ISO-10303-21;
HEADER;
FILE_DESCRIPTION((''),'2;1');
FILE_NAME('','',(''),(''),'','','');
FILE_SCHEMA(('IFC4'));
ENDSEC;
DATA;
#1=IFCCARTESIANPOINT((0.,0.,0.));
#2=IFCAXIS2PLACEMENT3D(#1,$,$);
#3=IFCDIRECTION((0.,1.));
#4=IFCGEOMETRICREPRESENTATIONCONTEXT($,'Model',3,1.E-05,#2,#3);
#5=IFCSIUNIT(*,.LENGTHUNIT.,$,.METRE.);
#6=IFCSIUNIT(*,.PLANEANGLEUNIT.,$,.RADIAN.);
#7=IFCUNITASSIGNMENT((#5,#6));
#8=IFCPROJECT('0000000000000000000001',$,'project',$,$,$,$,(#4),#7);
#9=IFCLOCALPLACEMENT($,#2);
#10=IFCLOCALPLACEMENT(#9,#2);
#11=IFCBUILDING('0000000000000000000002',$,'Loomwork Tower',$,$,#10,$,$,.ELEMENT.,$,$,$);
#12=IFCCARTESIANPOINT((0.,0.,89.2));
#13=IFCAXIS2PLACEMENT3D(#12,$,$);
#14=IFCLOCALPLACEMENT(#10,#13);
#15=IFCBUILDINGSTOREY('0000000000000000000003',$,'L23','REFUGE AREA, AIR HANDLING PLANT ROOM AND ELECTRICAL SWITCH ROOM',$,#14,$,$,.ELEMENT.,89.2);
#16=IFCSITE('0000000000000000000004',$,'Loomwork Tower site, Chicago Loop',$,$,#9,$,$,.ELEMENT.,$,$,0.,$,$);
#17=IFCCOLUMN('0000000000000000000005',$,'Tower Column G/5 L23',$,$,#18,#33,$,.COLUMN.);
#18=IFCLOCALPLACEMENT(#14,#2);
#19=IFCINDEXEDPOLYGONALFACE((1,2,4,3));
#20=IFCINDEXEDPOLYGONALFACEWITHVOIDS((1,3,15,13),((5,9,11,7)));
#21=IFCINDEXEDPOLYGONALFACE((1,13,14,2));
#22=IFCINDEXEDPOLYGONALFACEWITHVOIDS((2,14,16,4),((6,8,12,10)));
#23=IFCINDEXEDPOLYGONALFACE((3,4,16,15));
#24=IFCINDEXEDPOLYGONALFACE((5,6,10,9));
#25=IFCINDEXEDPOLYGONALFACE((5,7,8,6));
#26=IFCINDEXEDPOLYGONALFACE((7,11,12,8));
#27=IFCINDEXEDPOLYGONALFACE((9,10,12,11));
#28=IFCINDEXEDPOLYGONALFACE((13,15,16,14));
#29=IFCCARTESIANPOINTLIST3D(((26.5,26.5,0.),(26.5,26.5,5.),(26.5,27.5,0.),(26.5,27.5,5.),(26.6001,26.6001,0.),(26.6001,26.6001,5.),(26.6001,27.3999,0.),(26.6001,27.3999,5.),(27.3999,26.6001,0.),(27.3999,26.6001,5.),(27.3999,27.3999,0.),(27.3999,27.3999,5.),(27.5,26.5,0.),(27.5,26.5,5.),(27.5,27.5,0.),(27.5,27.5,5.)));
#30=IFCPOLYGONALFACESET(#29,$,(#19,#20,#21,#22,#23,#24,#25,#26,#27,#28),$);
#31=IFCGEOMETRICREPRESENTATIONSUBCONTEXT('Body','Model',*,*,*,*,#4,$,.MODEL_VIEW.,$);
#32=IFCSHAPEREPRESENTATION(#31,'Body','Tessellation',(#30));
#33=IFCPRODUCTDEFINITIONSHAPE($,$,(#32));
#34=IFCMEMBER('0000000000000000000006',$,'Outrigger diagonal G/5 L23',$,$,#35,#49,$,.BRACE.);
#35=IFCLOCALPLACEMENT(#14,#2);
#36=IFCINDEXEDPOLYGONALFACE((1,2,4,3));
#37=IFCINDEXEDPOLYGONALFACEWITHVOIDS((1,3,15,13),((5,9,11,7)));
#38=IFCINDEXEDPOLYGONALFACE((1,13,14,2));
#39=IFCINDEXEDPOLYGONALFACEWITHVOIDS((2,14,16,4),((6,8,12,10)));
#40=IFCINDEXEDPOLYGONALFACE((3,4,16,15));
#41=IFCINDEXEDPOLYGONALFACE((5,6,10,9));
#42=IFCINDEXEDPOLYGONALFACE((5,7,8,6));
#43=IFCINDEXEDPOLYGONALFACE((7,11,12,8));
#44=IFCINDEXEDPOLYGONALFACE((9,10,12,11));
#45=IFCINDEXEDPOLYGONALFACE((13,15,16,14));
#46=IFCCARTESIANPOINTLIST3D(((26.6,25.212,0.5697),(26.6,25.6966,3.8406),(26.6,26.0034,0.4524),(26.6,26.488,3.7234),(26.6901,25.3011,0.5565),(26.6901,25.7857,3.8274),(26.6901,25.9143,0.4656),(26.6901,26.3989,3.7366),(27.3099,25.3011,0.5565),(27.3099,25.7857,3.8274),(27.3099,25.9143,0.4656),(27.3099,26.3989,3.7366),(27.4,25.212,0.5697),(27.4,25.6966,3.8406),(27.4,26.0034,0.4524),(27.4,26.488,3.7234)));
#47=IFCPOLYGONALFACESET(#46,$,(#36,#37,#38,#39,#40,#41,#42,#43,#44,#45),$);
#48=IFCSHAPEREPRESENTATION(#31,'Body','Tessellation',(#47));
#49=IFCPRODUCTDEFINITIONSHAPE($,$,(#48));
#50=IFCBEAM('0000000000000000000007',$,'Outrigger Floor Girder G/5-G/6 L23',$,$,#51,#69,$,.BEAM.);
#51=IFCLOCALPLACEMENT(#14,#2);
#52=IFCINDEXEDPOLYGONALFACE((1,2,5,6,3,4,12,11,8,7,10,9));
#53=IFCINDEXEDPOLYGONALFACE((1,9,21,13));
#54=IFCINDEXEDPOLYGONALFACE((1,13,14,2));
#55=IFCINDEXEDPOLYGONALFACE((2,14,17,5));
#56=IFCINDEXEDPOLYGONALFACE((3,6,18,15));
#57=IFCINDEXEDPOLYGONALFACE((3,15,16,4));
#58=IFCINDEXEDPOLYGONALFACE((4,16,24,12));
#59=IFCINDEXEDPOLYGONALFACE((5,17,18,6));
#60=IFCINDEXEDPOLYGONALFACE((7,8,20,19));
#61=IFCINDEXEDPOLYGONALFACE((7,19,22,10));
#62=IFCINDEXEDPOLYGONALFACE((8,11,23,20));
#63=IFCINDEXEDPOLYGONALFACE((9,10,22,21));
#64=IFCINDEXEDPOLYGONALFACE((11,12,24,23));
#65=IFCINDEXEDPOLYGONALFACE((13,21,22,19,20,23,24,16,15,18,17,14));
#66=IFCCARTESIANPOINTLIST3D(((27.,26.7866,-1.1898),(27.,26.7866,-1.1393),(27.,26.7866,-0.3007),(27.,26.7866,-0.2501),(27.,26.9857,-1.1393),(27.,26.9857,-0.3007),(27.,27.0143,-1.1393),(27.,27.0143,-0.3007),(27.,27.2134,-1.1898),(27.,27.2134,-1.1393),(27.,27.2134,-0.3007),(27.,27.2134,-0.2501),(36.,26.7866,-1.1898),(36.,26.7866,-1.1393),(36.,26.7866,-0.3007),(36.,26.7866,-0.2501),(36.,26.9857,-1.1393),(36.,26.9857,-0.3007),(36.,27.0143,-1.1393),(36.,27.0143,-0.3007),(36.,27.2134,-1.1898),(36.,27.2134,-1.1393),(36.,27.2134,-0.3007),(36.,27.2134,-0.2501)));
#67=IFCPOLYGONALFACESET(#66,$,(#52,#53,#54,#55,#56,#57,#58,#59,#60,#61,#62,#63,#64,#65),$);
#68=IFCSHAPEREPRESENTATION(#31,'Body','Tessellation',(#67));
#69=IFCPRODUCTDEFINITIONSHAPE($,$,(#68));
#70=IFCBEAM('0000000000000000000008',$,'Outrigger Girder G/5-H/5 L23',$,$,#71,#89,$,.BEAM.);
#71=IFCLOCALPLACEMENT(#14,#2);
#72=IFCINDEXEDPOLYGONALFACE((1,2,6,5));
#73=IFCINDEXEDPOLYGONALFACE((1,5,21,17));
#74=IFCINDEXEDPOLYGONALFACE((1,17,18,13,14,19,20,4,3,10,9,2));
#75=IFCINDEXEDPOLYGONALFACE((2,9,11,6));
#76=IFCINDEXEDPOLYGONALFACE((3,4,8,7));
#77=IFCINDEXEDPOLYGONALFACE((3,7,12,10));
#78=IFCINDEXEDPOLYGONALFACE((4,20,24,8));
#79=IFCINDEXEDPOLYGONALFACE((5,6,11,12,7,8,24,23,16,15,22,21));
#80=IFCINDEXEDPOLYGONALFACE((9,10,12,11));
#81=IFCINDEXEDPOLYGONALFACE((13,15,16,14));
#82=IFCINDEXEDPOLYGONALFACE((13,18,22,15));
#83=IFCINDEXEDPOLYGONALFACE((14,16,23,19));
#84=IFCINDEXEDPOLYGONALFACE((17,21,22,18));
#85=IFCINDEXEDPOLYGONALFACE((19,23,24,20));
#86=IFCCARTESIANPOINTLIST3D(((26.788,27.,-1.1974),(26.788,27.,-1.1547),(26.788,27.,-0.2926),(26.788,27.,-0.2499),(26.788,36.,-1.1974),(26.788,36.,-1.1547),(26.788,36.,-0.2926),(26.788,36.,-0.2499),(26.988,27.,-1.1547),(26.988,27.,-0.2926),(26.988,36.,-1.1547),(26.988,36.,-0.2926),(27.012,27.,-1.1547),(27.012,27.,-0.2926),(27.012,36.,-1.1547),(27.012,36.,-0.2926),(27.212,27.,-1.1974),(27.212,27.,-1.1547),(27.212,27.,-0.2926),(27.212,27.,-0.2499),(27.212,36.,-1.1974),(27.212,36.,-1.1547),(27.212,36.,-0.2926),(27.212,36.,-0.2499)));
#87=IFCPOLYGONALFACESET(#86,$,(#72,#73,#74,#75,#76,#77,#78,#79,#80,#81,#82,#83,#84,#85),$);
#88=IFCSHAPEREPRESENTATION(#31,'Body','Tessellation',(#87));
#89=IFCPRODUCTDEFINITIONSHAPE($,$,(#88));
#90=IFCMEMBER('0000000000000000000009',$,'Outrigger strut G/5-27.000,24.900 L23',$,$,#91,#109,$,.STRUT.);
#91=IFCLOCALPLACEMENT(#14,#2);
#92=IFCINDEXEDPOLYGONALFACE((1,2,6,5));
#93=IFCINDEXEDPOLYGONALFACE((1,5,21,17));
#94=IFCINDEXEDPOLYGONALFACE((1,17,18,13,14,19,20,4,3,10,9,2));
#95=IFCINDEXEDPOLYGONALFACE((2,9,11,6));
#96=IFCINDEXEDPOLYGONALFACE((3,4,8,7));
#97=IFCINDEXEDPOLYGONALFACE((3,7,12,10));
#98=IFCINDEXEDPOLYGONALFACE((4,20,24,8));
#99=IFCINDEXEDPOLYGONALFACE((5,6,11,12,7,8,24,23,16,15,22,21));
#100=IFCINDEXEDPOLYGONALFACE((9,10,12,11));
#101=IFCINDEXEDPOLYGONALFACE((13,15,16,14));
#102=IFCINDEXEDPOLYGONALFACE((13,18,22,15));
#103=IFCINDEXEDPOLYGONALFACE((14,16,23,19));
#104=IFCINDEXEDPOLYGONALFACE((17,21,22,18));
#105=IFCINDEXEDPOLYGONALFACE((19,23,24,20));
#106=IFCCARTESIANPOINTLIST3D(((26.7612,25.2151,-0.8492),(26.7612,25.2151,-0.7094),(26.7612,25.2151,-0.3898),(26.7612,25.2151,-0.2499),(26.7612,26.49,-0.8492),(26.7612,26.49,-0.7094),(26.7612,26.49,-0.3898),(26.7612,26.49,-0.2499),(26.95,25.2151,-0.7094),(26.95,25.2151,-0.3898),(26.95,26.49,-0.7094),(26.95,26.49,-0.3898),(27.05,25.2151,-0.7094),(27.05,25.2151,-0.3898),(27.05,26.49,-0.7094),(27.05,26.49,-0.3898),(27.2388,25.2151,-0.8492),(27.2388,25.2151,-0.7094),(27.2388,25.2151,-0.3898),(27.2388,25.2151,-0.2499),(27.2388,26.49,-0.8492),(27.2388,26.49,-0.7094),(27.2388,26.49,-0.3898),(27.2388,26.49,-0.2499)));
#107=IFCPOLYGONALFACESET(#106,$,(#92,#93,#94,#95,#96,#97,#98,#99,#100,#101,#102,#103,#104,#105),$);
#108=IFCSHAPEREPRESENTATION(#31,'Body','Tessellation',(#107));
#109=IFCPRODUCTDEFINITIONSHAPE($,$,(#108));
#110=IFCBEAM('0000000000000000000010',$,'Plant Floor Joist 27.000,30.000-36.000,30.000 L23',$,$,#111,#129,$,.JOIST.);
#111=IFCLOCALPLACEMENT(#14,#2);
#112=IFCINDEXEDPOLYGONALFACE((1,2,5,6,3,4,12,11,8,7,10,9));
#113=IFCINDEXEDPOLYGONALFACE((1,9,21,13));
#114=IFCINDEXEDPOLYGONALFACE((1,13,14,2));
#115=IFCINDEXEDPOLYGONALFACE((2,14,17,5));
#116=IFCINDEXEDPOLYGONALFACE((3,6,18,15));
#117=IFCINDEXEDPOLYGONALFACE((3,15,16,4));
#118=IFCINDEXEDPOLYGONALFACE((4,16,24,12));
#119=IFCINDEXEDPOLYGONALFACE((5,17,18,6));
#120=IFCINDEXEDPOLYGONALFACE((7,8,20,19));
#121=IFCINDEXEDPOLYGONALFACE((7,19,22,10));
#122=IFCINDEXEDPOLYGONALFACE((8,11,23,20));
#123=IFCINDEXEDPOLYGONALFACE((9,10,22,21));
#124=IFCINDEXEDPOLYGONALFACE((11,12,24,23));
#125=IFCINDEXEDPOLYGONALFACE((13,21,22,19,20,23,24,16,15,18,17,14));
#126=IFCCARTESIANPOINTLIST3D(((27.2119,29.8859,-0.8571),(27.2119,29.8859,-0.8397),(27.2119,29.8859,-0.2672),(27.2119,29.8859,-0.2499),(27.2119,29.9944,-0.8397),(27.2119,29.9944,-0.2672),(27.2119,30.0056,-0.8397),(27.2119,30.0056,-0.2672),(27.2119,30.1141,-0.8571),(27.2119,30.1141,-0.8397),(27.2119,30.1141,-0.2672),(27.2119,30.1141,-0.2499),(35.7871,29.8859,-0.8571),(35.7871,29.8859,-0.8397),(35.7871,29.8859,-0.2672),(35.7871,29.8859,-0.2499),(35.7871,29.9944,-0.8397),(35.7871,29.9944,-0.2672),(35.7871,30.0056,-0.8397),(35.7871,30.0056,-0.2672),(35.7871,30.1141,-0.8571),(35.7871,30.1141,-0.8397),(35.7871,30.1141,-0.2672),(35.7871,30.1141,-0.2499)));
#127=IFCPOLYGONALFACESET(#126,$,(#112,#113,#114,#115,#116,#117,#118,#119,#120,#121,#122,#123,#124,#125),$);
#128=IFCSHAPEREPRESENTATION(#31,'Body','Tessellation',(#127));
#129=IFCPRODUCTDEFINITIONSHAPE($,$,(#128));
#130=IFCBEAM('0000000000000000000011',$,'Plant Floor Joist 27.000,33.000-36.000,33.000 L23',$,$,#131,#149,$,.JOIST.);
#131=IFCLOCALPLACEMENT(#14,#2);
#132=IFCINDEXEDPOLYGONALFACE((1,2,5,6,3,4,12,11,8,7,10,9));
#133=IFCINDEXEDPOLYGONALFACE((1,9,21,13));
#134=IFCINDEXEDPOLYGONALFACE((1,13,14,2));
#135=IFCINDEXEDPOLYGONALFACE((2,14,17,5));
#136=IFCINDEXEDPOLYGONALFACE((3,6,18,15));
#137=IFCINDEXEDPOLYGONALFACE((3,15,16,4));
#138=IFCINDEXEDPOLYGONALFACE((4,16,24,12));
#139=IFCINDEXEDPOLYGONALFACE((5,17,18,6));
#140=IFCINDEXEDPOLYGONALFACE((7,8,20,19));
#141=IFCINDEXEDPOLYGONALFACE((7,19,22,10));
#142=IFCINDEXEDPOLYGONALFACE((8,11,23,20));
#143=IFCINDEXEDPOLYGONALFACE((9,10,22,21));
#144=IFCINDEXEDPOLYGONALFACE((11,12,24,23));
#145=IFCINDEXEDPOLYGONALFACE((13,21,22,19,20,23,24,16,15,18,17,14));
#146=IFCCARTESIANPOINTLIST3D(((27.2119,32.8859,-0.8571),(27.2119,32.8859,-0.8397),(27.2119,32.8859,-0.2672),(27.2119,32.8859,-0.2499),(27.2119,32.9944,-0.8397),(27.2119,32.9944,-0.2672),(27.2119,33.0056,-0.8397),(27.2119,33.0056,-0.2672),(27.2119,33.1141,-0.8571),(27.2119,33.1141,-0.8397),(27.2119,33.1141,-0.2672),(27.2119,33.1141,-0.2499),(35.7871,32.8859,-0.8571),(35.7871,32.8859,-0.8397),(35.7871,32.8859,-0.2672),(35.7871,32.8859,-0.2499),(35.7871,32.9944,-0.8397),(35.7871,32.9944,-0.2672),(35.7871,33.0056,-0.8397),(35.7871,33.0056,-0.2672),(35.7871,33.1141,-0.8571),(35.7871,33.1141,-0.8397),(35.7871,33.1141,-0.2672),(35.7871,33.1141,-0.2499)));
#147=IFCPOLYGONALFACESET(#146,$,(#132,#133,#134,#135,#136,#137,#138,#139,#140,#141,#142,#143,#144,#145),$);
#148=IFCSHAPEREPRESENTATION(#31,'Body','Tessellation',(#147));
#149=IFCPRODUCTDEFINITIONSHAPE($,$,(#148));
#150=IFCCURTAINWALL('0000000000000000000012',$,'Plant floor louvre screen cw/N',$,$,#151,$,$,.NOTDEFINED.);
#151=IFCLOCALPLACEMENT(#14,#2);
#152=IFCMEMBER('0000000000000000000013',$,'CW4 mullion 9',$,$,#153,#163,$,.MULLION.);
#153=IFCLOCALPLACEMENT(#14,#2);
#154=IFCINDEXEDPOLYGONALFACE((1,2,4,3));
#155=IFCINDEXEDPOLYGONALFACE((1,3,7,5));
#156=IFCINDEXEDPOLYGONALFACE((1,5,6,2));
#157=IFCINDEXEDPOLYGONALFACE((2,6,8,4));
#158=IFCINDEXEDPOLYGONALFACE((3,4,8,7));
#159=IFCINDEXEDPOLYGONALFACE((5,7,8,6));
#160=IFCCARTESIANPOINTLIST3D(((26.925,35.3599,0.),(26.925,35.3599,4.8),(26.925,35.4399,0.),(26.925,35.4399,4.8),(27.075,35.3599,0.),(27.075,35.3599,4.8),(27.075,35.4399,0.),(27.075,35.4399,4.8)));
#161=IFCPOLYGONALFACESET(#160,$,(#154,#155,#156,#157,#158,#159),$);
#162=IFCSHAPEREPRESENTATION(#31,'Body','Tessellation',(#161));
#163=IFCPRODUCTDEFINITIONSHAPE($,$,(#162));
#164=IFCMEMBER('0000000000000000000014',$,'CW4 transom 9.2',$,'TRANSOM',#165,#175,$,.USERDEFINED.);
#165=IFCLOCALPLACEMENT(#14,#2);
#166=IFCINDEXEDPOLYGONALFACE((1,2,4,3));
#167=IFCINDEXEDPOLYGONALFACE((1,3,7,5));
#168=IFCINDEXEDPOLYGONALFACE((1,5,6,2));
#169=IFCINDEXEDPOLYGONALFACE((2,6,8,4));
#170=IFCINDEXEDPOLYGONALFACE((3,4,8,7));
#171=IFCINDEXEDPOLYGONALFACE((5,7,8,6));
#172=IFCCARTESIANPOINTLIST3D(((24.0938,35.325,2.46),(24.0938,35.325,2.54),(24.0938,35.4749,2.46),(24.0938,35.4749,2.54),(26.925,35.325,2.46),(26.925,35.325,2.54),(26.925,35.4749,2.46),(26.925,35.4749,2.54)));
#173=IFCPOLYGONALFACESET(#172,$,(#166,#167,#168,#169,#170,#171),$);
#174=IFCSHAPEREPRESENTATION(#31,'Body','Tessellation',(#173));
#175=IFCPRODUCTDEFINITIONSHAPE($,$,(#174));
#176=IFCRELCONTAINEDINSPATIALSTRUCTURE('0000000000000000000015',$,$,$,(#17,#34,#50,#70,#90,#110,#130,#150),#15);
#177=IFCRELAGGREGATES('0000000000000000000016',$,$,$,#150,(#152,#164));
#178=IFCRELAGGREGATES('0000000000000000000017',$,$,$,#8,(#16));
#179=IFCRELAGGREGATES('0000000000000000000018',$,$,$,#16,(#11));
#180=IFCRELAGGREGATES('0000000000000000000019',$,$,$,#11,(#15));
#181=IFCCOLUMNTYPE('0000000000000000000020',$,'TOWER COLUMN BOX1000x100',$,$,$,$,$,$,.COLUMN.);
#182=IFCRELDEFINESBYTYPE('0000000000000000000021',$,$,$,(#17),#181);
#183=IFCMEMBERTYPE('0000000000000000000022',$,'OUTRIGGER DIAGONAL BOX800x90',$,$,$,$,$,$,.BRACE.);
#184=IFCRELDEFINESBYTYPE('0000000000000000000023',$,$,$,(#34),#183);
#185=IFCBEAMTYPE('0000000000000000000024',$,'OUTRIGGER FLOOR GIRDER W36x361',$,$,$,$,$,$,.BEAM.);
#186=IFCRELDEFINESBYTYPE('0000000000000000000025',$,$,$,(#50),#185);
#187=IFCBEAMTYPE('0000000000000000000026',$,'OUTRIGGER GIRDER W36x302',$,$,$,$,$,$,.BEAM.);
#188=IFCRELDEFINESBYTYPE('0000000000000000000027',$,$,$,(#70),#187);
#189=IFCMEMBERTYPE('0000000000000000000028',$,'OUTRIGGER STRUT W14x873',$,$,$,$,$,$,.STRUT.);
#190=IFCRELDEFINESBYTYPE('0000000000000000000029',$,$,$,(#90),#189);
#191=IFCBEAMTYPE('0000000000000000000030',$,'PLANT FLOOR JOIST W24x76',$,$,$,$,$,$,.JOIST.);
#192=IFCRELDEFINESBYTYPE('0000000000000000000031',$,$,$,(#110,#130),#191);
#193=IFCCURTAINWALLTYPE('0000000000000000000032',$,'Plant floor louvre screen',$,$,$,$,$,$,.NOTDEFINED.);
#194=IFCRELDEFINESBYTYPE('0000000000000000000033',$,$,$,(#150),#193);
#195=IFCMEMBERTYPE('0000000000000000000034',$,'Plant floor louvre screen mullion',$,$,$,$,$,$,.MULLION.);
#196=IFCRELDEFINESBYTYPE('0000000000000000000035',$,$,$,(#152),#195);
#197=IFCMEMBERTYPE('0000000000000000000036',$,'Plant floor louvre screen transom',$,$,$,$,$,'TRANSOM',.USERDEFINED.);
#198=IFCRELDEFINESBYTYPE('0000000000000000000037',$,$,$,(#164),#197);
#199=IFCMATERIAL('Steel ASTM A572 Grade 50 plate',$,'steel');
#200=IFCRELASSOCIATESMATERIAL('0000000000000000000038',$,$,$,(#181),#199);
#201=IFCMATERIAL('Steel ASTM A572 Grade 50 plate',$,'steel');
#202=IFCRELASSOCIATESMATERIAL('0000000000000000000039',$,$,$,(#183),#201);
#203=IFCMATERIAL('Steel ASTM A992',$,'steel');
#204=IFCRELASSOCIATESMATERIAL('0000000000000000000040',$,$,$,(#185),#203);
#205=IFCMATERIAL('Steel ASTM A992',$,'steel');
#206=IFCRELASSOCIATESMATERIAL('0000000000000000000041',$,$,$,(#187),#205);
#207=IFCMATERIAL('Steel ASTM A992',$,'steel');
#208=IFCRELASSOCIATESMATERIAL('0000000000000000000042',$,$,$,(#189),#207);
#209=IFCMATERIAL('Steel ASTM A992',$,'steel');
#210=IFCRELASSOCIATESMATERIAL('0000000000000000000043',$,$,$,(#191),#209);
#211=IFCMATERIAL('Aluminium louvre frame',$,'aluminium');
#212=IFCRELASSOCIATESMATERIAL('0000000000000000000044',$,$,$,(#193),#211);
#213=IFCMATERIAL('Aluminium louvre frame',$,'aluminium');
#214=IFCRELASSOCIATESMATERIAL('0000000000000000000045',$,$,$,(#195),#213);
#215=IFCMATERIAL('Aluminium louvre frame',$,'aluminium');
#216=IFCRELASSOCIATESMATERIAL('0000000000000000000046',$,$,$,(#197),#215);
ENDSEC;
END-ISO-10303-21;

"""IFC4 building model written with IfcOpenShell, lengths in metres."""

from ifc_helpers import new_model, si_unit, direction, frame, origin, origin_2d, place, context, subcontext, project, spatial, rectangle, hollow_rectangle, i_section, extrude, material, material_profile, profile_set, type_object, element, aggregate, save


model = new_model("IFC4")

# Units and contexts
model_context = context("Model", 3, precision=1e-05, world=origin(), true_north=direction((0.0, 1.0)))
body_context = subcontext(model_context, "Body", "Model", "MODEL_VIEW")
ifc_project = project(units=[si_unit("LENGTHUNIT", "METRE"), si_unit("PLANEANGLEUNIT", "RADIAN")], contexts=[model_context])

# Site, building, storey
site_placement = place(None, origin())
site = spatial("IfcSite", under=ifc_project, at=site_placement, Name="Loomwork Tower site, Chicago Loop", CompositionType="ELEMENT", RefElevation=0.0)
building_placement = place(site_placement, origin())
building = spatial("IfcBuilding", under=site, at=building_placement, Name="Loomwork Tower", CompositionType="ELEMENT")
storey_placement = place(building_placement, frame((0.0, 0.0, 89.2)))
storey = spatial("IfcBuildingStorey", under=building, at=storey_placement, Name="L23", Description="REFUGE AREA, AIR HANDLING PLANT ROOM AND ELECTRICAL SWITCH ROOM", CompositionType="ELEMENT", Elevation=89.2)

# Column
ifc_material_1 = material(Name="Steel ASTM A572 Grade 50 plate", Category="steel")
ifc_material_profile_1 = material_profile(ifc_material_1, hollow_rectangle(XDim=1.0, YDim=1.0, WallThickness=0.1001, at=origin_2d()), Name="BOX1000x100")
ifc_profile_set_1 = profile_set([ifc_material_profile_1], Name="Steel ASTM A572 Grade 50 plate")
column_type = type_object("IfcColumnType", Name="TOWER COLUMN BOX1000x100", PredefinedType="COLUMN", material=ifc_profile_set_1)
column_placement = place(storey_placement, frame((27.0, 27.0, 0.0), z_axis=(0.0, 0.0, 1.0), x_axis=(1.0, 0.0, 0.0)))
element("IfcColumn", 1, at=column_placement, inside=storey, type_object=column_type, Name="Tower Column G/5 L23", PredefinedType="COLUMN", context=body_context, shape_type="SweptSolid", body=[
    extrude(hollow_rectangle(XDim=1.0, YDim=1.0, WallThickness=0.1001, at=origin_2d()), origin(), (0.0, 0.0, 1.0), 5.0),
])

# Member
ifc_material_2 = material(Name="Steel ASTM A572 Grade 50 plate", Category="steel")
ifc_material_profile_2 = material_profile(ifc_material_2, hollow_rectangle(XDim=0.8, YDim=0.8, WallThickness=0.0901, at=origin_2d()), Name="BOX800x90")
ifc_profile_set_2 = profile_set([ifc_material_profile_2], Name="Steel ASTM A572 Grade 50 plate")
member_type_1 = type_object("IfcMemberType", Name="OUTRIGGER DIAGONAL BOX800x90", PredefinedType="BRACE", material=ifc_profile_set_2)
member_1_placement = place(storey_placement, frame((27.0, 26.0923, 3.782), z_axis=(0.0, -0.146557, -0.989202), x_axis=(1.0, 0.0, 0.0)))
element("IfcMember", 2, at=member_1_placement, inside=storey, type_object=member_type_1, Name="Outrigger diagonal G/5 L23", PredefinedType="BRACE", context=body_context, shape_type="SweptSolid", body=[
    extrude(hollow_rectangle(XDim=0.8, YDim=0.8, WallThickness=0.0901, at=origin_2d()), origin(), (0.0, 0.0, 1.0), 3.3066),
])

# Beams
ifc_material_3 = material(Name="Steel ASTM A992", Category="steel")
ifc_material_profile_3 = material_profile(ifc_material_3, i_section(OverallWidth=0.4268, OverallDepth=0.9397, WebThickness=0.0286, FlangeThickness=0.0505, at=origin_2d()), Name="W36x361")
ifc_profile_set_3 = profile_set([ifc_material_profile_3], Name="Steel ASTM A992")
beam_type_1 = type_object("IfcBeamType", Name="OUTRIGGER FLOOR GIRDER W36x361", PredefinedType="BEAM", material=ifc_profile_set_3)
beam_1_placement = place(storey_placement, frame((27.0, 27.0, -0.72), z_axis=(1.0, 0.0, 0.0), x_axis=(0.0, 1.0, 0.0)))
element("IfcBeam", 3, at=beam_1_placement, inside=storey, type_object=beam_type_1, Name="Outrigger Floor Girder G/5-G/6 L23", PredefinedType="BEAM", context=body_context, shape_type="SweptSolid", body=[
    extrude(i_section(OverallWidth=0.4268, OverallDepth=0.9397, WebThickness=0.0286, FlangeThickness=0.0505, at=origin_2d()), origin(), (0.0, 0.0, 1.0), 9.0),
])
ifc_material_4 = material(Name="Steel ASTM A992", Category="steel")
ifc_material_profile_4 = material_profile(ifc_material_4, i_section(OverallWidth=0.4241, OverallDepth=0.9475, WebThickness=0.0239, FlangeThickness=0.0427, at=origin_2d()), Name="W36x302")
ifc_profile_set_4 = profile_set([ifc_material_profile_4], Name="Steel ASTM A992")
beam_type_2 = type_object("IfcBeamType", Name="OUTRIGGER GIRDER W36x302", PredefinedType="BEAM", material=ifc_profile_set_4)
beam_2_placement = place(storey_placement, frame((27.0, 27.0, -0.7236), z_axis=(0.0, 1.0, 0.0), x_axis=(-1.0, 0.0, 0.0)))
element("IfcBeam", 4, at=beam_2_placement, inside=storey, type_object=beam_type_2, Name="Outrigger Girder G/5-H/5 L23", PredefinedType="BEAM", context=body_context, shape_type="SweptSolid", body=[
    extrude(i_section(OverallWidth=0.4241, OverallDepth=0.9475, WebThickness=0.0239, FlangeThickness=0.0427, at=origin_2d()), origin(), (0.0, 0.0, 1.0), 9.0),
])

# Member
ifc_material_5 = material(Name="Steel ASTM A992", Category="steel")
ifc_material_profile_5 = material_profile(ifc_material_5, i_section(OverallWidth=0.4775, OverallDepth=0.5994, WebThickness=0.1001, FlangeThickness=0.1399, at=origin_2d()), Name="W14x873")
ifc_profile_set_5 = profile_set([ifc_material_profile_5], Name="Steel ASTM A992")
member_type_2 = type_object("IfcMemberType", Name="OUTRIGGER STRUT W14x873", PredefinedType="STRUT", material=ifc_profile_set_5)
member_2_placement = place(storey_placement, frame((27.0, 26.49, -0.5496), z_axis=(0.0, -1.0, 0.0), x_axis=(1.0, 0.0, 0.0)))
element("IfcMember", 5, at=member_2_placement, inside=storey, type_object=member_type_2, Name="Outrigger strut G/5-27.000,24.900 L23", PredefinedType="STRUT", context=body_context, shape_type="SweptSolid", body=[
    extrude(i_section(OverallWidth=0.4775, OverallDepth=0.5994, WebThickness=0.1001, FlangeThickness=0.1399, at=origin_2d()), origin(), (0.0, 0.0, 1.0), 1.2749),
])

# Beams
ifc_material_6 = material(Name="Steel ASTM A992", Category="steel")
ifc_material_profile_6 = material_profile(ifc_material_6, i_section(OverallWidth=0.2283, OverallDepth=0.6072, WebThickness=0.0112, FlangeThickness=0.0173, at=origin_2d()), Name="W24x76")
ifc_profile_set_6 = profile_set([ifc_material_profile_6], Name="Steel ASTM A992")
beam_type_3 = type_object("IfcBeamType", Name="PLANT FLOOR JOIST W24x76", PredefinedType="JOIST", material=ifc_profile_set_6)
for number, where, z_axis, x_axis, name in (
    (6, (27.2119, 30.0, -0.5535), (1.0, 0.0, 0.0), (0.0, 1.0, 0.0), "Plant Floor Joist 27.000,30.000-36.000,30.000 L23"),
    (7, (27.2119, 33.0, -0.5535), (1.0, 0.0, 0.0), (0.0, 1.0, 0.0), "Plant Floor Joist 27.000,33.000-36.000,33.000 L23"),
):
    element("IfcBeam", number, at=place(storey_placement, frame(where, z_axis=z_axis, x_axis=x_axis)), inside=storey, type_object=beam_type_3, Name=name, PredefinedType="JOIST", context=body_context, shape_type="SweptSolid", body=[
        extrude(i_section(OverallWidth=0.2283, OverallDepth=0.6072, WebThickness=0.0112, FlangeThickness=0.0173, at=origin_2d()), origin(), (0.0, 0.0, 1.0), 8.5752),
    ])

# Curtain wall, members
ifc_material_7 = material(Name="Aluminium louvre frame", Category="aluminium")
curtain_wall_type = type_object("IfcCurtainWallType", Name="Plant floor louvre screen", PredefinedType="NOTDEFINED", material=ifc_material_7)
curtain_wall_placement = place(storey_placement, origin())
curtain_wall = element("IfcCurtainWall", 8, at=curtain_wall_placement, inside=storey, type_object=curtain_wall_type, Name="Plant floor louvre screen cw/N", PredefinedType="NOTDEFINED")
ifc_material_8 = material(Name="Aluminium louvre frame", Category="aluminium")
ifc_material_profile_7 = material_profile(ifc_material_8, rectangle(XDim=0.0801, YDim=0.1499, at=origin_2d()), Name="AL 80x150")
ifc_profile_set_7 = profile_set([ifc_material_profile_7], Name="Aluminium louvre frame")
member_type_3 = type_object("IfcMemberType", Name="Plant floor louvre screen mullion", PredefinedType="MULLION", material=ifc_profile_set_7)
member_3_placement = place(storey_placement, frame((27.0, 35.3999, 0.0), z_axis=(0.0, 0.0, 1.0), x_axis=(0.0, -1.0, 0.0)))
member_3 = element("IfcMember", 9, at=member_3_placement, type_object=member_type_3, Name="CW4 mullion 9", PredefinedType="MULLION", context=body_context, shape_type="SweptSolid", body=[
    extrude(rectangle(XDim=0.0801, YDim=0.1499, at=origin_2d()), origin(), (0.0, 0.0, 1.0), 4.8),
])
ifc_material_9 = material(Name="Aluminium louvre frame", Category="aluminium")
ifc_material_profile_8 = material_profile(ifc_material_9, rectangle(XDim=0.1499, YDim=0.0801, at=origin_2d()), Name="AL 80x150")
ifc_profile_set_8 = profile_set([ifc_material_profile_8], Name="Aluminium louvre frame")
member_type_4 = type_object("IfcMemberType", Name="Plant floor louvre screen transom", ElementType="TRANSOM", PredefinedType="USERDEFINED", material=ifc_profile_set_8)
member_4_placement = place(storey_placement, frame((26.925, 35.3999, 2.5), z_axis=(-1.0, 0.0, 0.0), x_axis=(0.0, -1.0, 0.0)))
member_4 = element("IfcMember", 10, at=member_4_placement, type_object=member_type_4, Name="CW4 transom 9.2", ObjectType="TRANSOM", PredefinedType="USERDEFINED", context=body_context, shape_type="SweptSolid", body=[
    extrude(rectangle(XDim=0.1499, YDim=0.0801, at=origin_2d()), origin(), (0.0, 0.0, 1.0), 2.8313),
])
aggregate(curtain_wall, [member_3, member_4])

save(model, "model.ifc")
